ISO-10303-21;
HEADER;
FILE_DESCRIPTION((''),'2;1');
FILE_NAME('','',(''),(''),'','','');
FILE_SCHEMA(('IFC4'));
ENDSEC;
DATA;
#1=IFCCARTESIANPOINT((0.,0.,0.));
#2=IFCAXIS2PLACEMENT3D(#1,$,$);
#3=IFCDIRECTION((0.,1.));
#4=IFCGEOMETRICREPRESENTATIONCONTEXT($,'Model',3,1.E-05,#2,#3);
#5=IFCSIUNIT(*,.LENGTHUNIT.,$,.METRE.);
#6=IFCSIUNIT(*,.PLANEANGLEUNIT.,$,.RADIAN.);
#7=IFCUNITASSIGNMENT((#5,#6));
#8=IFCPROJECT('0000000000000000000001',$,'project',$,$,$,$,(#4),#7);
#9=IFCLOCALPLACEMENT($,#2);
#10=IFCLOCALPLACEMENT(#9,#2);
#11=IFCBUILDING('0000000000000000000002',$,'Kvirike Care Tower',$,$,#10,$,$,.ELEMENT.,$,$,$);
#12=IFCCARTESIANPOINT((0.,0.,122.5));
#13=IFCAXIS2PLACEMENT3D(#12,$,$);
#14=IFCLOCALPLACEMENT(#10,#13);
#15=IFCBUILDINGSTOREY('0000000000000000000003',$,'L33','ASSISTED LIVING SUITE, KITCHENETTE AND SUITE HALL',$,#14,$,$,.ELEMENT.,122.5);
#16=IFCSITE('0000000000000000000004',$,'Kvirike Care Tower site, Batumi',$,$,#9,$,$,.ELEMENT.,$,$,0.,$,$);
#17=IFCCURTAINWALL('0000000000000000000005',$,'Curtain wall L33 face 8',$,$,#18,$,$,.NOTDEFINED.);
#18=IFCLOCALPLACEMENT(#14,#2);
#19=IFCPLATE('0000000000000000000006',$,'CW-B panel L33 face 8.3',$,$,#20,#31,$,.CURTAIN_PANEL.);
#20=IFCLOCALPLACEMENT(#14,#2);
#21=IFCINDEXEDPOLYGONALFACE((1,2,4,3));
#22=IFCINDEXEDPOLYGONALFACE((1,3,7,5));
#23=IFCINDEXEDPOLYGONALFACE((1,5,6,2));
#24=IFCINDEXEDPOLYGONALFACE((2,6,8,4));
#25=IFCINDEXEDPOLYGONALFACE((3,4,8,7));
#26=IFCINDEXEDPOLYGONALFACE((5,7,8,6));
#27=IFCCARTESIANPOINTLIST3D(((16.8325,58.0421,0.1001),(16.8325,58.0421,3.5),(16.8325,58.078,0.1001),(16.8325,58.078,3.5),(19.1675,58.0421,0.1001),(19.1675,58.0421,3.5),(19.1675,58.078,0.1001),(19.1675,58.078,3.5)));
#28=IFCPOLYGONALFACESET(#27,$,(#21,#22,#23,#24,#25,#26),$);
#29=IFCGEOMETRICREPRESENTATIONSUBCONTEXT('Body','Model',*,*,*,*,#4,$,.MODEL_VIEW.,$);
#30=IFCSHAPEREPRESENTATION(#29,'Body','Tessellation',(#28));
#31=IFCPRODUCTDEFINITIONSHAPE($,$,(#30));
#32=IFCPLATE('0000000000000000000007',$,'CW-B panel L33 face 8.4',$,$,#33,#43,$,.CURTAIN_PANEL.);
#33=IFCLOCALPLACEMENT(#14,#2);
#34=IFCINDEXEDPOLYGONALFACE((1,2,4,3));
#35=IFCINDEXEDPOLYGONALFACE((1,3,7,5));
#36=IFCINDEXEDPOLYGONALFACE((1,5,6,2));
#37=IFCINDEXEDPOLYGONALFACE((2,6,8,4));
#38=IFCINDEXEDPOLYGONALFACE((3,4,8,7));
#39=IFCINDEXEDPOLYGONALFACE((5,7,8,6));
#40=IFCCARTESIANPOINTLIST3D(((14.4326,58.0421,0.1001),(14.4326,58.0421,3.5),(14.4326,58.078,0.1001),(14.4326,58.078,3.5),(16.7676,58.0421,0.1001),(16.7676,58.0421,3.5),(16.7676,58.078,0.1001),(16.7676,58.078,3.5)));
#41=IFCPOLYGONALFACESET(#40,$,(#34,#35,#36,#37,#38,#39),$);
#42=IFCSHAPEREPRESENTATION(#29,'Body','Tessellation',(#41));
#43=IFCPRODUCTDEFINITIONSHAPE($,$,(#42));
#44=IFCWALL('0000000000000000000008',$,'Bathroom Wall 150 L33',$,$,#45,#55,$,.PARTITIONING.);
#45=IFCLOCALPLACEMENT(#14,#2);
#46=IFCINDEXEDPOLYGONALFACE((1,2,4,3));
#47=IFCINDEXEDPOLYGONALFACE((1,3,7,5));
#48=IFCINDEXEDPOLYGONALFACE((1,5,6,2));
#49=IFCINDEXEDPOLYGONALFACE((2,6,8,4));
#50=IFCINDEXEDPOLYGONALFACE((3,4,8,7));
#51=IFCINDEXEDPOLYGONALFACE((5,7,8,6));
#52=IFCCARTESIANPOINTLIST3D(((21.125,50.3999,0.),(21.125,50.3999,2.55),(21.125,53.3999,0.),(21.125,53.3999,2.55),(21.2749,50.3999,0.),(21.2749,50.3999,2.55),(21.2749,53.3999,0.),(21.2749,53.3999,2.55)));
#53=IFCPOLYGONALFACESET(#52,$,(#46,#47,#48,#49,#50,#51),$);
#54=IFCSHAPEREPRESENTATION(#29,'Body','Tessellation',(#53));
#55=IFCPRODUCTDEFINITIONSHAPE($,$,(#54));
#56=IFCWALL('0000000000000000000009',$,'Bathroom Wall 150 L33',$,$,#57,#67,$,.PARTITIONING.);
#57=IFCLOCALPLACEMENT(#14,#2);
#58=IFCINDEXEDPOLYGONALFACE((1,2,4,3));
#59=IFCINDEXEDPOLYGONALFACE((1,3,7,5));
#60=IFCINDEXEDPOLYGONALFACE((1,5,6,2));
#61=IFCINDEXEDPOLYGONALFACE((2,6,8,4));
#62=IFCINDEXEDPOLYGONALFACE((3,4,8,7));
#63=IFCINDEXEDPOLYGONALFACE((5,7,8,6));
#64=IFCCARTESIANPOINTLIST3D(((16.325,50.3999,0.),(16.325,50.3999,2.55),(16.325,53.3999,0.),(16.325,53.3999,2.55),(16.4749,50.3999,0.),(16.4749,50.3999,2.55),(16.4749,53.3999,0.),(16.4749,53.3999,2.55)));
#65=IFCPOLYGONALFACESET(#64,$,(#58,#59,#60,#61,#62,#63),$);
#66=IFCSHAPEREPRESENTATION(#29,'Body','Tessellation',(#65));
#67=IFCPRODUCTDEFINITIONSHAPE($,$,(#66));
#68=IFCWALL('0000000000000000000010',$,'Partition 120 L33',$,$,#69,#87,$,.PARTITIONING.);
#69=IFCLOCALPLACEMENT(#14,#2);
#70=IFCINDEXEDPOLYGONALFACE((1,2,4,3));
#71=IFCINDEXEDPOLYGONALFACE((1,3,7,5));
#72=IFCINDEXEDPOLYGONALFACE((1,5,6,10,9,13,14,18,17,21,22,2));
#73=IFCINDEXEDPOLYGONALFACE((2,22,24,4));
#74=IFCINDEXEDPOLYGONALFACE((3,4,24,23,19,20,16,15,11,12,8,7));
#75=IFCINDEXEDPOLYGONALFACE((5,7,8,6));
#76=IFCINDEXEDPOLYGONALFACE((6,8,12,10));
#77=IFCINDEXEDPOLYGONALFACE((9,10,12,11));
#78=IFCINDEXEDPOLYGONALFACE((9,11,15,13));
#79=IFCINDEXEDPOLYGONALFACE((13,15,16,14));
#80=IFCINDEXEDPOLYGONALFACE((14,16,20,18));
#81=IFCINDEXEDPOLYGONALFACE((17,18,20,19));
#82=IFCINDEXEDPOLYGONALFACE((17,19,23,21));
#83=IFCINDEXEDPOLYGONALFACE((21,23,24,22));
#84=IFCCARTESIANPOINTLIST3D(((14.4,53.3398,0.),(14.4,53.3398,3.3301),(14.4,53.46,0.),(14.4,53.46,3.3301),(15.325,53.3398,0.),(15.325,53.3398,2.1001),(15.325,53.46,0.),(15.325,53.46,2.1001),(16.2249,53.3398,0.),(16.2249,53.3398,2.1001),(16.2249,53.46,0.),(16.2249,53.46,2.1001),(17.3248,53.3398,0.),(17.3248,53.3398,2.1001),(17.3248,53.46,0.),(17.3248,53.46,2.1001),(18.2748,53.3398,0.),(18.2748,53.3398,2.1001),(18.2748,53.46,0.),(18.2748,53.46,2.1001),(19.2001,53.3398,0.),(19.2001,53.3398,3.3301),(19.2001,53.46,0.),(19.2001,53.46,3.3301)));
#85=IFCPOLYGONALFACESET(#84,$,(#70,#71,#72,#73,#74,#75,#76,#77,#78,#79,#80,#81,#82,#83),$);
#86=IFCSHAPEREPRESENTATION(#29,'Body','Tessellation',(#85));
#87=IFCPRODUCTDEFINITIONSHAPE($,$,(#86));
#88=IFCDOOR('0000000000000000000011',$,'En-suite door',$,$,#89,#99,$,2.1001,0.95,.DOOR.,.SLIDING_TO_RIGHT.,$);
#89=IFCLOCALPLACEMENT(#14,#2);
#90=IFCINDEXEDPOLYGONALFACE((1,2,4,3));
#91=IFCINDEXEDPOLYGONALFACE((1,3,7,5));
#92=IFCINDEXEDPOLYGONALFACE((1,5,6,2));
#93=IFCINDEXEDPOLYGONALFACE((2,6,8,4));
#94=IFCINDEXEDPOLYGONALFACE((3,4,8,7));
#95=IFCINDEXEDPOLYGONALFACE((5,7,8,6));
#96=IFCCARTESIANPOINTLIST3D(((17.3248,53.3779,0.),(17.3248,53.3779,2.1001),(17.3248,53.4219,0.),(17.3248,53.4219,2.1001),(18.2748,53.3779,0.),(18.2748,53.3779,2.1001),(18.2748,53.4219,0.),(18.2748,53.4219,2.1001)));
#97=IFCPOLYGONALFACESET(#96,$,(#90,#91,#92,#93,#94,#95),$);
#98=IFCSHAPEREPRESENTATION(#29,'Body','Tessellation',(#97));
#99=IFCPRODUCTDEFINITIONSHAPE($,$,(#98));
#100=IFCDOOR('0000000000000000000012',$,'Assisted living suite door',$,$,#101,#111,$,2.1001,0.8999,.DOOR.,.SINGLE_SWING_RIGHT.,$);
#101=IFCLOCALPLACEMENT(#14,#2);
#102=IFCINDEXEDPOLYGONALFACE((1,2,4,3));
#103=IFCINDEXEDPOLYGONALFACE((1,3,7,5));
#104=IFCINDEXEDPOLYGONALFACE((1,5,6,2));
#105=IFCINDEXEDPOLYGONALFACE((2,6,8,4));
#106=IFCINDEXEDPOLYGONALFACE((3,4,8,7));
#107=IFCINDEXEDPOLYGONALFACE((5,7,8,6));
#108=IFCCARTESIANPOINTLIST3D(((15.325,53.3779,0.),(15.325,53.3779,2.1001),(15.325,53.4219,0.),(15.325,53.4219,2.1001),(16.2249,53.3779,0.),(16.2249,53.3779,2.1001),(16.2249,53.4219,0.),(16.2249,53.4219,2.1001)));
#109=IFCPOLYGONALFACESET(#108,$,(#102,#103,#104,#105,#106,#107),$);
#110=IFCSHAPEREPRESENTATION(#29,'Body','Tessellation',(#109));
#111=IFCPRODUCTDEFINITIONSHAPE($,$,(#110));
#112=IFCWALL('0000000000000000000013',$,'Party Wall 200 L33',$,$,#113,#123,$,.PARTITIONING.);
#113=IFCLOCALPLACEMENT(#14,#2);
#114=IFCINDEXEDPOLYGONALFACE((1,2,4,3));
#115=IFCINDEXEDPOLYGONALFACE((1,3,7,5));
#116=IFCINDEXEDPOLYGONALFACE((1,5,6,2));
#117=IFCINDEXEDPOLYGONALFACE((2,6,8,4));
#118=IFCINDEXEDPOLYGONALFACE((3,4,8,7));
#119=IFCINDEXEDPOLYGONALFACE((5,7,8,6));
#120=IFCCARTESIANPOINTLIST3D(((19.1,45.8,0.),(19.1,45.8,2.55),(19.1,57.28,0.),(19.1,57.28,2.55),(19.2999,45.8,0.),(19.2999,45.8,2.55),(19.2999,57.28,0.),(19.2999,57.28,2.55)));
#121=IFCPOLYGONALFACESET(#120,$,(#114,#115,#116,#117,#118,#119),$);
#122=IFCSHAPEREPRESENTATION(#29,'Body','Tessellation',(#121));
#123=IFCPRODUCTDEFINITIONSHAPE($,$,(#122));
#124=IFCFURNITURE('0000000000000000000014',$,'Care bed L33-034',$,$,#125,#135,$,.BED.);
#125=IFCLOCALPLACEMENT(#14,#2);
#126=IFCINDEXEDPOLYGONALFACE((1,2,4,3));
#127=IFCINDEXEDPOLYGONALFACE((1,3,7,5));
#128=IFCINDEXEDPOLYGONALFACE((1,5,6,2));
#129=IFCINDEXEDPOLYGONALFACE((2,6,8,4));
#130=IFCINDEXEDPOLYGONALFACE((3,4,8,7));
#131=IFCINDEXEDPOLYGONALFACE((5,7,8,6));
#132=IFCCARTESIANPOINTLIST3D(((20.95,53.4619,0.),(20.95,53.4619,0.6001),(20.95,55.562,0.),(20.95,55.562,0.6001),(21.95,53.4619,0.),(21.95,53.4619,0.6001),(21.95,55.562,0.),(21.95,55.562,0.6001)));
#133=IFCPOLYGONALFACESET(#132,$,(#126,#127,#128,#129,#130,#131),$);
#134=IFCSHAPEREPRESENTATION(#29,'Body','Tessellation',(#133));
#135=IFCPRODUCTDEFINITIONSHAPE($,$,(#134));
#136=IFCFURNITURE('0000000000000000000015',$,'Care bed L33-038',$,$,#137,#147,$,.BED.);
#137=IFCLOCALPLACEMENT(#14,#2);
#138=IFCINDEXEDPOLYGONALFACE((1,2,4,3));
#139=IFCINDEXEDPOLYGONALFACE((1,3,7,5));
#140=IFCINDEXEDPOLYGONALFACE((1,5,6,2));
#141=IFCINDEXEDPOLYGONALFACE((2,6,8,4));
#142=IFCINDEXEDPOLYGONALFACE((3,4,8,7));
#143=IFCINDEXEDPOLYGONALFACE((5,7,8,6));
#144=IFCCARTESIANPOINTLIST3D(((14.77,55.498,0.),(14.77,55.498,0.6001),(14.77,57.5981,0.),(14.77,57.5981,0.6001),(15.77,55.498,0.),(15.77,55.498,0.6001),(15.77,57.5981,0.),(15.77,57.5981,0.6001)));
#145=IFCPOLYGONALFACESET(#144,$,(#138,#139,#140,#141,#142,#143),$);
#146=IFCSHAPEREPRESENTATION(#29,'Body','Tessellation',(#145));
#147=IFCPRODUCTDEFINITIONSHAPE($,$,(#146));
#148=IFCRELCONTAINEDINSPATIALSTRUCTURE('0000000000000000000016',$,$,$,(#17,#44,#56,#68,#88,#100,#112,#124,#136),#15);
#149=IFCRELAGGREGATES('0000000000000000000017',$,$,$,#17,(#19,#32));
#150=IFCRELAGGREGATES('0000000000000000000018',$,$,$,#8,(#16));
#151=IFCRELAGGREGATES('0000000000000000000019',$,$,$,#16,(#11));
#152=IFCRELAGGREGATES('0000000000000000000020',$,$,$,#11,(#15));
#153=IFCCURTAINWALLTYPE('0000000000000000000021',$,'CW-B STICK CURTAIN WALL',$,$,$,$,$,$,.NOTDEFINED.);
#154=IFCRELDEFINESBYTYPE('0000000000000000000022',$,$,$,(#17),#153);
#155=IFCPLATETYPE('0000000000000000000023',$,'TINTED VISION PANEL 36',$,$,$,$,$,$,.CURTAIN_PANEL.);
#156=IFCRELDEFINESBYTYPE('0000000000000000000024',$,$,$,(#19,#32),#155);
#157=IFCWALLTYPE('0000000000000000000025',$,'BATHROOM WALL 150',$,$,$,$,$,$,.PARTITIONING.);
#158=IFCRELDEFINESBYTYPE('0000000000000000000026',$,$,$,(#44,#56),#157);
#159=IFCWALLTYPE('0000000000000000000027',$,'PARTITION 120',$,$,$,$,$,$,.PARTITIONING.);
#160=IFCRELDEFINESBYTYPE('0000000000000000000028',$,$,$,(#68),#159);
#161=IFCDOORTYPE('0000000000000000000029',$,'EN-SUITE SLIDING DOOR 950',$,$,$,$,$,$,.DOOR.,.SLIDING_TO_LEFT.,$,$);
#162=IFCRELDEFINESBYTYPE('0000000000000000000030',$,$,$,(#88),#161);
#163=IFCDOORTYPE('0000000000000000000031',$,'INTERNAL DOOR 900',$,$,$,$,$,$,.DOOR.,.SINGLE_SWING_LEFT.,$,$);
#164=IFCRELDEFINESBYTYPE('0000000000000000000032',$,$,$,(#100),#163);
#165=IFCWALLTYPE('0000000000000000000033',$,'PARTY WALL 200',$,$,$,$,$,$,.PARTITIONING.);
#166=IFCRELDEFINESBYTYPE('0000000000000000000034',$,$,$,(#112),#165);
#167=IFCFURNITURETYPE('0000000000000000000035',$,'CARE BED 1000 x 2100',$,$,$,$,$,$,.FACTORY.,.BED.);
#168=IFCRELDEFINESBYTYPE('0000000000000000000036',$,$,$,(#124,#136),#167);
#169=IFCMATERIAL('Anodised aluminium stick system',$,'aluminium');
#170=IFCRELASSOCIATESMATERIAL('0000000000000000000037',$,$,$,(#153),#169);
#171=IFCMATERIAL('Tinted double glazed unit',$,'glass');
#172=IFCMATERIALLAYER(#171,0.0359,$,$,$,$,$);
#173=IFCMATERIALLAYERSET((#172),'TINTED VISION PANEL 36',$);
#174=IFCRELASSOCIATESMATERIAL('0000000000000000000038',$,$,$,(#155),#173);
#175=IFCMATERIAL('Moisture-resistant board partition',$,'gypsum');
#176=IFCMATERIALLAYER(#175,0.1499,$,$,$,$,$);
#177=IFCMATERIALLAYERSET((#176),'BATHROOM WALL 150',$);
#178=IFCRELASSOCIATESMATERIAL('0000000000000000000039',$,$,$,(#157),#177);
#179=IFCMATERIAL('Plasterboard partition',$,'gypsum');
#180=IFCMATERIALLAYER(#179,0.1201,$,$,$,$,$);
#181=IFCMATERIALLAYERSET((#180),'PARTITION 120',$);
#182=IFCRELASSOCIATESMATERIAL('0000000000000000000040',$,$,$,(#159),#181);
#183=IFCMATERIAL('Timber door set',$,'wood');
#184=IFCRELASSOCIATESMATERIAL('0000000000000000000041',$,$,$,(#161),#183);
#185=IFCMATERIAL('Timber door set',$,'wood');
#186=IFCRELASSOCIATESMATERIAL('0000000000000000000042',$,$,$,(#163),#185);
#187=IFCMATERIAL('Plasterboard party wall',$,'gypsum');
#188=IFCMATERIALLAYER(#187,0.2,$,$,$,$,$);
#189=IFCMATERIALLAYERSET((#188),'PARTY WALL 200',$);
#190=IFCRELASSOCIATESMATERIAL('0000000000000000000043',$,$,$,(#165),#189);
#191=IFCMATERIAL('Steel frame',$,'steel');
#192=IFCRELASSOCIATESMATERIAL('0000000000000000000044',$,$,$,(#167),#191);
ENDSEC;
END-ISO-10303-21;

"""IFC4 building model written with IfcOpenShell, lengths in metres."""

from ifc_helpers import new_model, si_unit, direction, frame, frame_2d, origin, origin_2d, place, context, subcontext, project, spatial, rectangle, extrude, material, layer, layer_set, type_object, element, fill, aggregate, save


model = new_model("IFC4")

# Units and contexts
model_context = context("Model", 3, precision=1e-05, world=origin(), true_north=direction((0.0, 1.0)))
body_context = subcontext(model_context, "Body", "Model", "MODEL_VIEW")
ifc_project = project(units=[si_unit("LENGTHUNIT", "METRE"), si_unit("PLANEANGLEUNIT", "RADIAN")], contexts=[model_context])

# Site, building, storey
site_placement = place(None, origin())
site = spatial("IfcSite", under=ifc_project, at=site_placement, Name="Kvirike Care Tower site, Batumi", CompositionType="ELEMENT", RefElevation=0.0)
building_placement = place(site_placement, origin())
building = spatial("IfcBuilding", under=site, at=building_placement, Name="Kvirike Care Tower", CompositionType="ELEMENT")
storey_placement = place(building_placement, frame((0.0, 0.0, 122.5)))
storey = spatial("IfcBuildingStorey", under=building, at=storey_placement, Name="L33", Description="ASSISTED LIVING SUITE, KITCHENETTE AND SUITE HALL", CompositionType="ELEMENT", Elevation=122.5)

# Curtain wall
ifc_material_1 = material(Name="Anodised aluminium stick system", Category="aluminium")
curtain_wall_type = type_object("IfcCurtainWallType", Name="CW-B STICK CURTAIN WALL", PredefinedType="NOTDEFINED", material=ifc_material_1)
curtain_wall_placement = place(storey_placement, origin())
curtain_wall = element("IfcCurtainWall", 1, at=curtain_wall_placement, inside=storey, type_object=curtain_wall_type, Name="Curtain wall L33 face 8", PredefinedType="NOTDEFINED")

# Plates
ifc_material_2 = material(Name="Tinted double glazed unit", Category="glass")
ifc_layer_1 = layer(ifc_material_2, 0.0359)
ifc_layer_set_1 = layer_set([ifc_layer_1], Name="TINTED VISION PANEL 36")
plate_type = type_object("IfcPlateType", Name="TINTED VISION PANEL 36", PredefinedType="CURTAIN_PANEL", material=ifc_layer_set_1)
plate_1_placement = place(storey_placement, frame((18.0, 58.0601, 0.1001), z_axis=(0.0, 0.0, 1.0), x_axis=(-1.0, 0.0, 0.0)))
plate_1 = element("IfcPlate", 2, at=plate_1_placement, type_object=plate_type, Name="CW-B panel L33 face 8.3", PredefinedType="CURTAIN_PANEL", context=body_context, shape_type="SweptSolid", body=[
    extrude(rectangle(XDim=2.335, YDim=0.0359, at=origin_2d()), origin(), (0.0, 0.0, 1.0), 3.3999),
])
plate_2_placement = place(storey_placement, frame((15.6001, 58.0601, 0.1001), z_axis=(0.0, 0.0, 1.0), x_axis=(-1.0, 0.0, 0.0)))
plate_2 = element("IfcPlate", 3, at=plate_2_placement, type_object=plate_type, Name="CW-B panel L33 face 8.4", PredefinedType="CURTAIN_PANEL", context=body_context, shape_type="SweptSolid", body=[
    extrude(rectangle(XDim=2.335, YDim=0.0359, at=origin_2d()), origin(), (0.0, 0.0, 1.0), 3.3999),
])
aggregate(curtain_wall, [plate_1, plate_2])

# Walls
ifc_material_3 = material(Name="Moisture-resistant board partition", Category="gypsum")
ifc_layer_2 = layer(ifc_material_3, 0.1499)
ifc_layer_set_2 = layer_set([ifc_layer_2], Name="BATHROOM WALL 150")
wall_type_1 = type_object("IfcWallType", Name="BATHROOM WALL 150", PredefinedType="PARTITIONING", material=ifc_layer_set_2)
for number, where, z_axis, x_axis, name in (
    (4, (21.2, 53.3999, 0.0), (0.0, 0.0, 1.0), (0.0, -1.0, 0.0), "Bathroom Wall 150 L33"),
    (5, (16.3999, 53.3999, 0.0), (0.0, 0.0, 1.0), (0.0, -1.0, 0.0), "Bathroom Wall 150 L33"),
):
    element("IfcWall", number, at=place(storey_placement, frame(where, z_axis=z_axis, x_axis=x_axis)), inside=storey, type_object=wall_type_1, Name=name, PredefinedType="PARTITIONING", context=body_context, shape_type="SweptSolid", body=[
        extrude(rectangle(XDim=3.0, YDim=0.1499, at=frame_2d((1.5, 0.0))), origin(), (0.0, 0.0, 1.0), 2.55),
    ])

# Wall, openings, doors
ifc_material_4 = material(Name="Plasterboard partition", Category="gypsum")
ifc_layer_3 = layer(ifc_material_4, 0.1201)
ifc_layer_set_3 = layer_set([ifc_layer_3], Name="PARTITION 120")
wall_type_2 = type_object("IfcWallType", Name="PARTITION 120", PredefinedType="PARTITIONING", material=ifc_layer_set_3)
wall_1_placement = place(storey_placement, frame((19.2, 53.3999, 0.0), z_axis=(0.0, 0.0, 1.0), x_axis=(-1.0, 0.0, 0.0)))
wall_1 = element("IfcWall", 6, at=wall_1_placement, inside=storey, type_object=wall_type_2, Name="Partition 120 L33", PredefinedType="PARTITIONING", context=body_context, shape_type="SweptSolid", body=[
    extrude(rectangle(XDim=4.8, YDim=0.1201, at=frame_2d((2.3999, 0.0))), origin(), (0.0, 0.0, 1.0), 3.3301),
])
opening_1_placement = place(wall_1_placement, frame((2.9751, 0.0, 0.0)))
opening_1 = element("IfcOpeningElement", 7, at=opening_1_placement, cuts=wall_1, PredefinedType="OPENING", context=body_context, shape_type="SweptSolid", body=[
    extrude(rectangle(XDim=0.8999, YDim=2.1001, at=frame_2d((0.45, 1.05))), frame((0.0, 0.0706, 0.0), z_axis=(0.0, -1.0, 0.0), x_axis=(1.0, 0.0, 0.0)), (0.0, 0.0, 1.0), 0.1411),
])
opening_2_placement = place(wall_1_placement, frame((0.925, 0.0, 0.0)))
opening_2 = element("IfcOpeningElement", 8, at=opening_2_placement, cuts=wall_1, PredefinedType="OPENING", context=body_context, shape_type="SweptSolid", body=[
    extrude(rectangle(XDim=0.95, YDim=2.1001, at=frame_2d((0.4751, 1.05))), frame((0.0, 0.0706, 0.0), z_axis=(0.0, -1.0, 0.0), x_axis=(1.0, 0.0, 0.0)), (0.0, 0.0, 1.0), 0.1411),
])
ifc_material_5 = material(Name="Timber door set", Category="wood")
door_type_1 = type_object("IfcDoorType", Name="EN-SUITE SLIDING DOOR 950", OperationType="SLIDING_TO_LEFT", PredefinedType="DOOR", material=ifc_material_5)
door_1_placement = place(opening_2_placement, origin())
door_1 = element("IfcDoor", 9, at=door_1_placement, inside=storey, type_object=door_type_1, Name="En-suite door", OperationType="SLIDING_TO_RIGHT", OverallHeight=2.1001, OverallWidth=0.95, PredefinedType="DOOR", context=body_context, shape_type="SweptSolid", body=[
    extrude(rectangle(XDim=0.95, YDim=2.1001, at=frame_2d((0.4751, 1.05))), frame((0.0, 0.022, 0.0), z_axis=(0.0, -1.0, 0.0), x_axis=(1.0, 0.0, 0.0)), (0.0, 0.0, 1.0), 0.0439),
])
fill(opening_2, door_1)
ifc_material_6 = material(Name="Timber door set", Category="wood")
door_type_2 = type_object("IfcDoorType", Name="INTERNAL DOOR 900", OperationType="SINGLE_SWING_LEFT", PredefinedType="DOOR", material=ifc_material_6)
door_2_placement = place(opening_1_placement, origin())
door_2 = element("IfcDoor", 10, at=door_2_placement, inside=storey, type_object=door_type_2, Name="Assisted living suite door", OperationType="SINGLE_SWING_RIGHT", OverallHeight=2.1001, OverallWidth=0.8999, PredefinedType="DOOR", context=body_context, shape_type="SweptSolid", body=[
    extrude(rectangle(XDim=0.8999, YDim=2.1001, at=frame_2d((0.45, 1.05))), frame((0.0, 0.022, 0.0), z_axis=(0.0, -1.0, 0.0), x_axis=(1.0, 0.0, 0.0)), (0.0, 0.0, 1.0), 0.0439),
])
fill(opening_1, door_2)

# Wall
ifc_material_7 = material(Name="Plasterboard party wall", Category="gypsum")
ifc_layer_4 = layer(ifc_material_7, 0.2)
ifc_layer_set_4 = layer_set([ifc_layer_4], Name="PARTY WALL 200")
wall_type_3 = type_object("IfcWallType", Name="PARTY WALL 200", PredefinedType="PARTITIONING", material=ifc_layer_set_4)
wall_2_placement = place(storey_placement, frame((19.2, 57.28, 0.0), z_axis=(0.0, 0.0, 1.0), x_axis=(0.0, -1.0, 0.0)))
element("IfcWall", 11, at=wall_2_placement, inside=storey, type_object=wall_type_3, Name="Party Wall 200 L33", PredefinedType="PARTITIONING", context=body_context, shape_type="SweptSolid", body=[
    extrude(rectangle(XDim=11.48, YDim=0.2, at=frame_2d((5.74, 0.0))), origin(), (0.0, 0.0, 1.0), 2.55),
])

# Furniture
ifc_material_8 = material(Name="Steel frame", Category="steel")
furniture_type = type_object("IfcFurnitureType", Name="CARE BED 1000 x 2100", AssemblyPlace="FACTORY", PredefinedType="BED", material=ifc_material_8)
for number, where, z_axis, x_axis, name in (
    (12, (21.45, 54.512, 0.0), (0.0, 0.0, 1.0), (-1.0, 0.0, 0.0), "Care bed L33-034"),
    (13, (15.27, 56.5481, 0.0), (0.0, 0.0, 1.0), (1.0, 0.0, 0.0), "Care bed L33-038"),
):
    element("IfcFurniture", number, at=place(storey_placement, frame(where, z_axis=z_axis, x_axis=x_axis)), inside=storey, type_object=furniture_type, Name=name, PredefinedType="BED", context=body_context, shape_type="SweptSolid", body=[
        extrude(rectangle(XDim=1.0, YDim=2.1001, at=origin_2d()), origin(), (0.0, 0.0, 1.0), 0.6001),
    ])

save(model, "model.ifc")
